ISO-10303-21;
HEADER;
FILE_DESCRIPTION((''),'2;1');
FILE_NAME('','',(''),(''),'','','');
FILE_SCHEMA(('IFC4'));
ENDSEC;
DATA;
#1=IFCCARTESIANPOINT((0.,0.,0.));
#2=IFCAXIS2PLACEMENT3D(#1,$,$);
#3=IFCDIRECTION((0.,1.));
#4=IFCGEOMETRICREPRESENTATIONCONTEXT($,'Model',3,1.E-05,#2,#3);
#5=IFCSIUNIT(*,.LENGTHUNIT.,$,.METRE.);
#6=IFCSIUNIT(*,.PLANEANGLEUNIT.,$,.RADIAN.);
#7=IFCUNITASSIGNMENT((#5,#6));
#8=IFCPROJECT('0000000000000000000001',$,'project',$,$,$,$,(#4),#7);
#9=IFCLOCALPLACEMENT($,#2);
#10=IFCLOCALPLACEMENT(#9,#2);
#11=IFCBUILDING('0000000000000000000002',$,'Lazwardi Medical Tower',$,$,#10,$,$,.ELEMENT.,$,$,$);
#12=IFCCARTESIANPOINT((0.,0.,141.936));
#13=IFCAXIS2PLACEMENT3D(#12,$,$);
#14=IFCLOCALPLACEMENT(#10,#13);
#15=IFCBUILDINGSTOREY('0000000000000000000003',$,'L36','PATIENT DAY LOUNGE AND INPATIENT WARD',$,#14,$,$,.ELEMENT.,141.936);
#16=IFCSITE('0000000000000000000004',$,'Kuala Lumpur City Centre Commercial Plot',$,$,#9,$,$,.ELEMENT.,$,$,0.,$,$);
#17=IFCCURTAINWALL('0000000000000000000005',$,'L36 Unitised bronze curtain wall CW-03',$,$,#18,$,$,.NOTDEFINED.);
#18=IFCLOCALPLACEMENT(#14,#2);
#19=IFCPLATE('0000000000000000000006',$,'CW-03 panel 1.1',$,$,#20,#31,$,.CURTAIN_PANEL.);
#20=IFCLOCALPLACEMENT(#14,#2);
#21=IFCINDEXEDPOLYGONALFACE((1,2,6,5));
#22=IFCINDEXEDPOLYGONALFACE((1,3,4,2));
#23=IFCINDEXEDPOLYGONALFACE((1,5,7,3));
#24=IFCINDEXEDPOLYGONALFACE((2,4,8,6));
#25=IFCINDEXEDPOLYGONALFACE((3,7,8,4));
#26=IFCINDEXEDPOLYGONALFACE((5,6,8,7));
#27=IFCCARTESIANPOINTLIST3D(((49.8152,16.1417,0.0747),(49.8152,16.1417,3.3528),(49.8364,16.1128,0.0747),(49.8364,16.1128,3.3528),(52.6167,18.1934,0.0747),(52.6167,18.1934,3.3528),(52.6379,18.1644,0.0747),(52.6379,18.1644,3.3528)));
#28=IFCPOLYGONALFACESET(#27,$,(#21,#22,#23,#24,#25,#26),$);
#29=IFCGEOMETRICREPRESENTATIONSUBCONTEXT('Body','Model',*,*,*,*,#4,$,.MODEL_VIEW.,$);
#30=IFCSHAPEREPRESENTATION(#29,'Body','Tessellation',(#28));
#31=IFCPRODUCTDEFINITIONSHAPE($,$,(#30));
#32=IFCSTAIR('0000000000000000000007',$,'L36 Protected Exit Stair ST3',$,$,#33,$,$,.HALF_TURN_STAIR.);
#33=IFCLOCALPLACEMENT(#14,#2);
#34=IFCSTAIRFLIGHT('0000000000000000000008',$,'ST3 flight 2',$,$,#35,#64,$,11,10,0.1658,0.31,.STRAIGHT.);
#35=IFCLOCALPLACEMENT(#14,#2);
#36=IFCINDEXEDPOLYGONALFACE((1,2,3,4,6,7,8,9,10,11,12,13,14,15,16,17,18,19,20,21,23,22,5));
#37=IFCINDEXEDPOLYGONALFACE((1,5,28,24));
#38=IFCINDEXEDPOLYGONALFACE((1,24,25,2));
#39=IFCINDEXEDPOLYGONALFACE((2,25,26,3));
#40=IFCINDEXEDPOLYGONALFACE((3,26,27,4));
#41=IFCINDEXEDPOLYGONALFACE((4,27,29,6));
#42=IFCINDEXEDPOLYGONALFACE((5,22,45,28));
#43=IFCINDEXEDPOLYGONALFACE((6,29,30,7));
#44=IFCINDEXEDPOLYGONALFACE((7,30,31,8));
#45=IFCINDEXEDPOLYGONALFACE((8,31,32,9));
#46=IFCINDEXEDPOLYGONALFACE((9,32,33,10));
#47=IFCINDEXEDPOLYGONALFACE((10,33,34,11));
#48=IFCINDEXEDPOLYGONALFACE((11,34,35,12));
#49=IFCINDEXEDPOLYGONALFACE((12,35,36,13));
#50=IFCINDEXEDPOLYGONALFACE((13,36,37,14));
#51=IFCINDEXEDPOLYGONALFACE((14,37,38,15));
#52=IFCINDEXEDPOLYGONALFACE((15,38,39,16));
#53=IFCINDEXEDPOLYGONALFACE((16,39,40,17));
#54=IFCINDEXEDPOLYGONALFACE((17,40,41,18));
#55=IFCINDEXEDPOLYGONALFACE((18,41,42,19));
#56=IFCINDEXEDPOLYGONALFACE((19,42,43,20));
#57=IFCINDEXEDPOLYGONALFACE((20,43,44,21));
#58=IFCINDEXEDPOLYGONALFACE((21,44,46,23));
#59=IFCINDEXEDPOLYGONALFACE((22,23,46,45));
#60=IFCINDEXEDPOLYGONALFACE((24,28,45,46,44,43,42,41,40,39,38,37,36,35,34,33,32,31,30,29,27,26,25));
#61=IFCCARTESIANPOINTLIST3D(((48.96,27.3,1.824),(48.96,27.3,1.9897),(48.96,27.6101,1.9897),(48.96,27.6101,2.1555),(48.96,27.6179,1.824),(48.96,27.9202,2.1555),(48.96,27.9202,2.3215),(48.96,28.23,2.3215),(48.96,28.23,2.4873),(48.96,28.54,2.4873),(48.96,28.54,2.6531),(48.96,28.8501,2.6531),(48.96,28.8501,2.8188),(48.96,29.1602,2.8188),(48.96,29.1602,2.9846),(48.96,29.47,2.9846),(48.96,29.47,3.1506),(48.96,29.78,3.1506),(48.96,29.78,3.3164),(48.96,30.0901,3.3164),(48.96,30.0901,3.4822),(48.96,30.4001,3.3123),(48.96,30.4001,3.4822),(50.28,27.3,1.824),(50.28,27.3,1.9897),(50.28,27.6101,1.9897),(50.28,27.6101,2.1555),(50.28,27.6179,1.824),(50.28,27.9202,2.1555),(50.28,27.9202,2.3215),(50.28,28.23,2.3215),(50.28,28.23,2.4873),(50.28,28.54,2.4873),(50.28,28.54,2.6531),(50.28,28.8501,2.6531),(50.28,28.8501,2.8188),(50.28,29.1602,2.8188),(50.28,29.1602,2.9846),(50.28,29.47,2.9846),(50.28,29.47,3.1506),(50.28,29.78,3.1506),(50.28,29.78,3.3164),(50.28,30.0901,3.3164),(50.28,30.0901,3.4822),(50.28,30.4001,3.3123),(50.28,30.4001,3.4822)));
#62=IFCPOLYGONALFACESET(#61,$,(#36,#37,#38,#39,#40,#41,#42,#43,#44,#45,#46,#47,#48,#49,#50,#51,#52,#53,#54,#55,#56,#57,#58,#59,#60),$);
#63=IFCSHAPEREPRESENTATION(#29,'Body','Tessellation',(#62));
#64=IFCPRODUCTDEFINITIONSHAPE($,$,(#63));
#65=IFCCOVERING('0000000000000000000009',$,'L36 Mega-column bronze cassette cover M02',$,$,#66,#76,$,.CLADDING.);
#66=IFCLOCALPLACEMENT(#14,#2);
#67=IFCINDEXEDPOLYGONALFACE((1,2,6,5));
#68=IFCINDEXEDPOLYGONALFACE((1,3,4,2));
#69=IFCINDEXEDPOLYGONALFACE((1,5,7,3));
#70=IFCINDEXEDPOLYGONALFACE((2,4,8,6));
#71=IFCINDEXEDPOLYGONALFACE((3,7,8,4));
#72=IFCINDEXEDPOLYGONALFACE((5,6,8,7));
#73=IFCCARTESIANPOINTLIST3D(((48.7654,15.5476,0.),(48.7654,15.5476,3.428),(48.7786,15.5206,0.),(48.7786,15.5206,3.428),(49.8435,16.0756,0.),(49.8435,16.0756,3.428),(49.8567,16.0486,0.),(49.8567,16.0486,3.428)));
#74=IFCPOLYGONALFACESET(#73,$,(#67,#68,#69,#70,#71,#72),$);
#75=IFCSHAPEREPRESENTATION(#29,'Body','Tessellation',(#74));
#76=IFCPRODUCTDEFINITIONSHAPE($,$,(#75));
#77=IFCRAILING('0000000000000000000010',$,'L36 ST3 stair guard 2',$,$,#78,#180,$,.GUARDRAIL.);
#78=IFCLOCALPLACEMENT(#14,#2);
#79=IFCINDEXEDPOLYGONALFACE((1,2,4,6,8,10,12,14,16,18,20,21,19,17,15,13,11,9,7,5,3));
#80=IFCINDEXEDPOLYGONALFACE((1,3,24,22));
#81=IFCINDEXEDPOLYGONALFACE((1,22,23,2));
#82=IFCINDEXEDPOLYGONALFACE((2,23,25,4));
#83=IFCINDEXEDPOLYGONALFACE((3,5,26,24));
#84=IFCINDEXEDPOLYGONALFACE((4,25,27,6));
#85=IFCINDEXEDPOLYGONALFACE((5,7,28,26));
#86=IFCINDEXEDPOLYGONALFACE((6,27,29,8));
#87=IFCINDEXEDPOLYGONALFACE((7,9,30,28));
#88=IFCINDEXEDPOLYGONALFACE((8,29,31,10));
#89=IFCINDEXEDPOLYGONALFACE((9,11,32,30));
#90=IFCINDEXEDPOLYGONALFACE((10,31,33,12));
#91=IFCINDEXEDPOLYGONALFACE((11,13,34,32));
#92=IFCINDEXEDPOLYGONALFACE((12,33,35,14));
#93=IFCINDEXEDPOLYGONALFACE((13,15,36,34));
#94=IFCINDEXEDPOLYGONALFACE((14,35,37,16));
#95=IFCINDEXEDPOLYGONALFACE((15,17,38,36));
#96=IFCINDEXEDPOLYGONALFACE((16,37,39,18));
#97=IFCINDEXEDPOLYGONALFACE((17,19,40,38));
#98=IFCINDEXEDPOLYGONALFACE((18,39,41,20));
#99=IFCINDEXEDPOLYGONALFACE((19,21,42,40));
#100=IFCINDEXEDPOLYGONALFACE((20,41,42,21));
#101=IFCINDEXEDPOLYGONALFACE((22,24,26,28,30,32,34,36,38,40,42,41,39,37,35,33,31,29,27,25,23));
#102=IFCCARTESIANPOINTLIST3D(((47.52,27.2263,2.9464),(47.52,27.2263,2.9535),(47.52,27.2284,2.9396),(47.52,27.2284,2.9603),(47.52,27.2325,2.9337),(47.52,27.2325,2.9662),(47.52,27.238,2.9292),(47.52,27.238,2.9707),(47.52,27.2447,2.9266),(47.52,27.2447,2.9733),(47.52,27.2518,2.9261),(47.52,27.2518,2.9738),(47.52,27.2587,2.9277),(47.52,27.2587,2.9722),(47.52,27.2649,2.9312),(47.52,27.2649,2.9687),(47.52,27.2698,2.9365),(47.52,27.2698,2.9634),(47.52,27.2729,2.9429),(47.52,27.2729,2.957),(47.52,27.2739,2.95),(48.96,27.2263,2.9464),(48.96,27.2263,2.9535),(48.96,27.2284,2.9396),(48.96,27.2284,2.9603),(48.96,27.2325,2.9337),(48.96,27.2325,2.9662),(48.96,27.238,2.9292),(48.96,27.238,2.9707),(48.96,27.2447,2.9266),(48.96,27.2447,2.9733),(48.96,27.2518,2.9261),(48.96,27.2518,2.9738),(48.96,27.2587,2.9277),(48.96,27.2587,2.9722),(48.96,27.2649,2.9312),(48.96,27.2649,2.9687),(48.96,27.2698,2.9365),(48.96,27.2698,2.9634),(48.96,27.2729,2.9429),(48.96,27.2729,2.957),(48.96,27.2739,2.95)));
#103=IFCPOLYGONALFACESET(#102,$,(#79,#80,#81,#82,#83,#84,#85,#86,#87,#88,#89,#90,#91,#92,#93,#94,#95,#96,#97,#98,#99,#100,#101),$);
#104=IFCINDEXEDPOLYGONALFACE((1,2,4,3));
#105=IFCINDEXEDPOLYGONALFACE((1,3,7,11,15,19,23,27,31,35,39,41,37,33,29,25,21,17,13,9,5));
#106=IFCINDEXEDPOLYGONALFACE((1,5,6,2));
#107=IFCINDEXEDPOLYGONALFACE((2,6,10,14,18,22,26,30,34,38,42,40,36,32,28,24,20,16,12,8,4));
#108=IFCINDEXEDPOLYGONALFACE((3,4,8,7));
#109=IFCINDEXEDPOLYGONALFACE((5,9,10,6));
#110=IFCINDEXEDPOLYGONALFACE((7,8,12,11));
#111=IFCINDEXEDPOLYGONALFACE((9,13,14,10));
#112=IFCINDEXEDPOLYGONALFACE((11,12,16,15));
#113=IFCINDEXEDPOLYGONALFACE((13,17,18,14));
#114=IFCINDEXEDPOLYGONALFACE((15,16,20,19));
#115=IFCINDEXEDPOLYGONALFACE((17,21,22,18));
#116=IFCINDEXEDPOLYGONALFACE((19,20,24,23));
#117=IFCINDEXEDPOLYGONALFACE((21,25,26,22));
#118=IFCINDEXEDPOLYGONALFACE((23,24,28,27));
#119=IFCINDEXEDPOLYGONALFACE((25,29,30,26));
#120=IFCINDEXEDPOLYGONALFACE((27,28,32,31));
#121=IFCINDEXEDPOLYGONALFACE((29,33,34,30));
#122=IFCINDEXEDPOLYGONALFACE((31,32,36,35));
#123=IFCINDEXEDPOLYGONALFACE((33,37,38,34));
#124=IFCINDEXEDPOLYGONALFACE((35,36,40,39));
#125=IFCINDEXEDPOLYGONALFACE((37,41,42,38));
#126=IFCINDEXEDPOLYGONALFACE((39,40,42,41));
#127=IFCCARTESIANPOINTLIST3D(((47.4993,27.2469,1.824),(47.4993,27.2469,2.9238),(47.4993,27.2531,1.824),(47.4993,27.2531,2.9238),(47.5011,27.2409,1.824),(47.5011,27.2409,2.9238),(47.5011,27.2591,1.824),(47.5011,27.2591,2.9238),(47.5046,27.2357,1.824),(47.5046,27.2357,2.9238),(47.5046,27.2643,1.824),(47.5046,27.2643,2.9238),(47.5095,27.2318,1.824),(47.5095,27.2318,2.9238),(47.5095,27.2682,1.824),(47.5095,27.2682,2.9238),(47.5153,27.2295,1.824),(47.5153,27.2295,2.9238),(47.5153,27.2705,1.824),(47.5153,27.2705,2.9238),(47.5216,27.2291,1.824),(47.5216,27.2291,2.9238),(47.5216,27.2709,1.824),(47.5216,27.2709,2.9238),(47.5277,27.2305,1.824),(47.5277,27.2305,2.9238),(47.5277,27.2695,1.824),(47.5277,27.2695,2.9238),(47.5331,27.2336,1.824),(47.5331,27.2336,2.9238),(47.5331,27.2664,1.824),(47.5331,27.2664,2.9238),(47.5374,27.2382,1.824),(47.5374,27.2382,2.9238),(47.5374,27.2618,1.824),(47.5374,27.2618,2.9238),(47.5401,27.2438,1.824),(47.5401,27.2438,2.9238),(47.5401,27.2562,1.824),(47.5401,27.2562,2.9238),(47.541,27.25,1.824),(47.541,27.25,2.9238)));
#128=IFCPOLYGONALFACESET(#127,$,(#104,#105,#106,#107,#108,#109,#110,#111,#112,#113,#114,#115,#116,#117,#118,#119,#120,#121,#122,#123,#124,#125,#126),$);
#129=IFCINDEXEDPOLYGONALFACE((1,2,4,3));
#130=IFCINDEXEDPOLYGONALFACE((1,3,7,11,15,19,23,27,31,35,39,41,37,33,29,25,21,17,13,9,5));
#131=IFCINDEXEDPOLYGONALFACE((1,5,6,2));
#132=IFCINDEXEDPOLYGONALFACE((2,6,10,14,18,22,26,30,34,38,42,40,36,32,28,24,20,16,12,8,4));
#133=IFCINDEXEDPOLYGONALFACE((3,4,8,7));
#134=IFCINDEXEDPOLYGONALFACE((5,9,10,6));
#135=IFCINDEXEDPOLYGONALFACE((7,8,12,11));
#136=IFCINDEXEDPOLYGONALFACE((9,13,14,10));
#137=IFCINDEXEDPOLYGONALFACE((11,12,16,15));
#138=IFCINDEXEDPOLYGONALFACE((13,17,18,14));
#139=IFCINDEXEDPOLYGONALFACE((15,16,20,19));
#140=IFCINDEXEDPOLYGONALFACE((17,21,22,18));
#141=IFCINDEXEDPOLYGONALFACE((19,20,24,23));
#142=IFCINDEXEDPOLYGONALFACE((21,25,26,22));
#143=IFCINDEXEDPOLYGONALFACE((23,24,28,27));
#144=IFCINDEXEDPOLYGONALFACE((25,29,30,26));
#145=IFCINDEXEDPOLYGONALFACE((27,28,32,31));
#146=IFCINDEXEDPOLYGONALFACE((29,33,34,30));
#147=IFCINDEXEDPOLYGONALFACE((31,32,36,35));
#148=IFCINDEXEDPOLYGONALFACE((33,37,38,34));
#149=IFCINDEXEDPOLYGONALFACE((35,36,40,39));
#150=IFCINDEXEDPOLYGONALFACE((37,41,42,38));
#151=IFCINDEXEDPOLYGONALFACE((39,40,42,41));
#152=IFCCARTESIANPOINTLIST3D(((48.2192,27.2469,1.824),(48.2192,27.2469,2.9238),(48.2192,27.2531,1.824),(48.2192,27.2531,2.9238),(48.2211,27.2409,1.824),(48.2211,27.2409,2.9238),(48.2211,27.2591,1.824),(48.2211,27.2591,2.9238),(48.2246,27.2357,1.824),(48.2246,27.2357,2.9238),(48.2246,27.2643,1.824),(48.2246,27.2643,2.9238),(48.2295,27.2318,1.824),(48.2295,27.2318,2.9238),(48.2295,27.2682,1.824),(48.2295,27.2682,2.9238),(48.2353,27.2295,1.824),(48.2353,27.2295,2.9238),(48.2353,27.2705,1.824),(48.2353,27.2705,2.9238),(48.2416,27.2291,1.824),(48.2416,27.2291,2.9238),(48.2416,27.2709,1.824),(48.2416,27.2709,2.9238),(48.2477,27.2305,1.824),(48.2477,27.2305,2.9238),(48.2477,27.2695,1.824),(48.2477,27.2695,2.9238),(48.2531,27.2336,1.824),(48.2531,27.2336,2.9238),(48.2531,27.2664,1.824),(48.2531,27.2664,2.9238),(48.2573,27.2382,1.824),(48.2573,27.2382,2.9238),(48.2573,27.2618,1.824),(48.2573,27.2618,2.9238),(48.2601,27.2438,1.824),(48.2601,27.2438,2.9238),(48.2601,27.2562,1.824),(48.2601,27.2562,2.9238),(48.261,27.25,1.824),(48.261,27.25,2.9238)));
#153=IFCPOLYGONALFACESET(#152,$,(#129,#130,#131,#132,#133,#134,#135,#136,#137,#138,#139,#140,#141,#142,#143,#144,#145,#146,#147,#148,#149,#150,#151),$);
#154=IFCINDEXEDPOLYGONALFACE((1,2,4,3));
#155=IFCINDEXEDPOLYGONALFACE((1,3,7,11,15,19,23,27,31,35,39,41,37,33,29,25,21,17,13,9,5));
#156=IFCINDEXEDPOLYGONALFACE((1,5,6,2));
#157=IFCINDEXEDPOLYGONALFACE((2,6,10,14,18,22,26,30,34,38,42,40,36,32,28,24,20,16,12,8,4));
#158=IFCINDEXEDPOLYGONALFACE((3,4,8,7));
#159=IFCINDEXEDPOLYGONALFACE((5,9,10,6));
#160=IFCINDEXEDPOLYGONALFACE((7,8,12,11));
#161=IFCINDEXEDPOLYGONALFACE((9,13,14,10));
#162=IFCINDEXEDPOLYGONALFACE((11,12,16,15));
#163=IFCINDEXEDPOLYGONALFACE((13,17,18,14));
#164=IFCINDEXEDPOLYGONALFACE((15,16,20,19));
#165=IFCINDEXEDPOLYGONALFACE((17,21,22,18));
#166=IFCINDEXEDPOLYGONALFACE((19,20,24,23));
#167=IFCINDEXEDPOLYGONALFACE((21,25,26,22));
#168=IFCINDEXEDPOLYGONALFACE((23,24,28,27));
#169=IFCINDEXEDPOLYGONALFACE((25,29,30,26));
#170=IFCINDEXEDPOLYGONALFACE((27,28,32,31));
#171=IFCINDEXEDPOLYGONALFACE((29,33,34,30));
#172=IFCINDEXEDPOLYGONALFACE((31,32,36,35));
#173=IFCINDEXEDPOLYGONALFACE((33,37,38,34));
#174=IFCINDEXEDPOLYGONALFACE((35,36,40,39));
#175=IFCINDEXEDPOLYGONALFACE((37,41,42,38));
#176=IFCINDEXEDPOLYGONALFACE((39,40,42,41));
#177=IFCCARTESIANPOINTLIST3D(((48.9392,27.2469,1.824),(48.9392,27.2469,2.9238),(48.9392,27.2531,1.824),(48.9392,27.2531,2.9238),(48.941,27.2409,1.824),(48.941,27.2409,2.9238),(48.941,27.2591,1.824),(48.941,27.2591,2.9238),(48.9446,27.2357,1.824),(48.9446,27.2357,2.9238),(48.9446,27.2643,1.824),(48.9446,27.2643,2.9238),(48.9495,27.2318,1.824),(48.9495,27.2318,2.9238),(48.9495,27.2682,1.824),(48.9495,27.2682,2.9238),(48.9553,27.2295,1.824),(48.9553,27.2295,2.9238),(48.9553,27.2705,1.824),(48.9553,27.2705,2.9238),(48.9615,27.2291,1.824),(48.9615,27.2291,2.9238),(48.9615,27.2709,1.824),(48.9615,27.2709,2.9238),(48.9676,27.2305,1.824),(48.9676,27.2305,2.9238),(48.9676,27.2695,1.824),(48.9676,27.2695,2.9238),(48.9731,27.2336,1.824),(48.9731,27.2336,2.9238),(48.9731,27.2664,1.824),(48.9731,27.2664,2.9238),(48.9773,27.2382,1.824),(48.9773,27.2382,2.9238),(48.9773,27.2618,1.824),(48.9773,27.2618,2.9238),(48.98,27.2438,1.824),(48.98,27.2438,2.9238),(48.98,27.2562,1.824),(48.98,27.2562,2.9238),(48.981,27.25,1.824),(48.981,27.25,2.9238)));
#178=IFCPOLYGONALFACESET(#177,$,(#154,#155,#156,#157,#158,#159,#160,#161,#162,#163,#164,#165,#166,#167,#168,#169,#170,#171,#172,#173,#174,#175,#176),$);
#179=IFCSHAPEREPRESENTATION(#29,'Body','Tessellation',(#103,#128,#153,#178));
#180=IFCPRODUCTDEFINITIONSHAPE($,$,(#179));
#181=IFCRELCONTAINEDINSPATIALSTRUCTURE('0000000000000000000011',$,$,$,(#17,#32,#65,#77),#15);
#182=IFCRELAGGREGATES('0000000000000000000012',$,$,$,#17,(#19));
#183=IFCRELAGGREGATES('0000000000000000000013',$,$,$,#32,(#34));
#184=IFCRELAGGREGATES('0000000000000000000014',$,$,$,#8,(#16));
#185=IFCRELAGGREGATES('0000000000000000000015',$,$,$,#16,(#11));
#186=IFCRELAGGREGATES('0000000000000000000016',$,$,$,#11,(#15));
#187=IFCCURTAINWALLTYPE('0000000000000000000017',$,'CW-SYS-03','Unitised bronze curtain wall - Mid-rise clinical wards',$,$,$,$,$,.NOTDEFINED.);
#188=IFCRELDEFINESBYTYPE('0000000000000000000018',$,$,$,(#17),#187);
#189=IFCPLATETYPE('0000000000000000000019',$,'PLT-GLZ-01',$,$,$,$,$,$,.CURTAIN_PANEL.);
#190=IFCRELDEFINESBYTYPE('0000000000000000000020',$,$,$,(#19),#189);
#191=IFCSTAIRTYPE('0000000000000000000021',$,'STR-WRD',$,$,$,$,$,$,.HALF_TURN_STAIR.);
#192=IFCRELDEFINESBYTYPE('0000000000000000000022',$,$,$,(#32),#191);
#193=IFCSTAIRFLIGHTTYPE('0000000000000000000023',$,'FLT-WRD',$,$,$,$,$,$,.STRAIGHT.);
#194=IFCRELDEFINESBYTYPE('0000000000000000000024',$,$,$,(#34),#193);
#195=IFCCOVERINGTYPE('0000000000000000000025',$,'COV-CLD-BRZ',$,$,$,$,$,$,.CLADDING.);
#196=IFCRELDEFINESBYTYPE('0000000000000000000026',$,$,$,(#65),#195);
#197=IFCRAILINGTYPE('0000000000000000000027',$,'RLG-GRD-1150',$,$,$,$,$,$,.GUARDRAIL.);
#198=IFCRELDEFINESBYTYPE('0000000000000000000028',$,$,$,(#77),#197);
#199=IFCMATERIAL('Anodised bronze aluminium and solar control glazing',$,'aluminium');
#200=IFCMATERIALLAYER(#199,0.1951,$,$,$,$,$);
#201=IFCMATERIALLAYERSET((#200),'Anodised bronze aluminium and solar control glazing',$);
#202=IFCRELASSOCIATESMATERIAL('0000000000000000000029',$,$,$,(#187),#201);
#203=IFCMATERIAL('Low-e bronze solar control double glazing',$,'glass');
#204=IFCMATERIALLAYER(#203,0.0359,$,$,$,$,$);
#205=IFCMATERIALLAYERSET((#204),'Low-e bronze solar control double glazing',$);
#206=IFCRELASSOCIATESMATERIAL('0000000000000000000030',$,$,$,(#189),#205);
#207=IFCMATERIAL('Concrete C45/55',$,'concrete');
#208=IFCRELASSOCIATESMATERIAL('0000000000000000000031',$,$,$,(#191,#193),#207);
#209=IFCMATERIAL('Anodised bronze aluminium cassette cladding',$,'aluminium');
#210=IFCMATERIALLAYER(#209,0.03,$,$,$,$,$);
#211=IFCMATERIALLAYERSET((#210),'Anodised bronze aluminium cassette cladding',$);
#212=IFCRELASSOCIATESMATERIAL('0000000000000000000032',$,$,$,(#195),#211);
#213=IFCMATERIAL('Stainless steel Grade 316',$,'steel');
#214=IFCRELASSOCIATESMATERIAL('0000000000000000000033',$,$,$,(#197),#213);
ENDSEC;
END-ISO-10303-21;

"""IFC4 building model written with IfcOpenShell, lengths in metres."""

from ifc_helpers import new_model, si_unit, direction, frame, origin, origin_2d, place, context, subcontext, project, spatial, polyline, rectangle, circle, outline, extrude, material, layer, layer_set, type_object, element, aggregate, save


model = new_model("IFC4")

# Units and contexts
model_context = context("Model", 3, precision=1e-05, world=origin(), true_north=direction((0.0, 1.0)))
body_context = subcontext(model_context, "Body", "Model", "MODEL_VIEW")
ifc_project = project(units=[si_unit("LENGTHUNIT", "METRE"), si_unit("PLANEANGLEUNIT", "RADIAN")], contexts=[model_context])

# Site, building, storey
site_placement = place(None, origin())
site = spatial("IfcSite", under=ifc_project, at=site_placement, Name="Kuala Lumpur City Centre Commercial Plot", CompositionType="ELEMENT", RefElevation=0.0)
building_placement = place(site_placement, origin())
building = spatial("IfcBuilding", under=site, at=building_placement, Name="Lazwardi Medical Tower", CompositionType="ELEMENT")
storey_placement = place(building_placement, frame((0.0, 0.0, 141.936)))
storey = spatial("IfcBuildingStorey", under=building, at=storey_placement, Name="L36", Description="PATIENT DAY LOUNGE AND INPATIENT WARD", CompositionType="ELEMENT", Elevation=141.936)

# Shared definitions
ifc_material_1 = material(Name="Anodised bronze aluminium and solar control glazing", Category="aluminium")
ifc_layer_1 = layer(ifc_material_1, 0.1951)
ifc_layer_set_1 = layer_set([ifc_layer_1], Name="Anodised bronze aluminium and solar control glazing")
curtain_wall_type = type_object("IfcCurtainWallType", Name="CW-SYS-03", Description="Unitised bronze curtain wall - Mid-rise clinical wards", PredefinedType="NOTDEFINED", material=ifc_layer_set_1)

# Curtain wall
curtain_wall_1_placement = place(storey_placement, origin())
curtain_wall_1 = element("IfcCurtainWall", 1, at=curtain_wall_1_placement, inside=storey, type_object=curtain_wall_type, Name="L36 Unitised bronze curtain wall CW-03", PredefinedType="NOTDEFINED")

# Plate
ifc_material_2 = material(Name="Low-e bronze solar control double glazing", Category="glass")
ifc_layer_2 = layer(ifc_material_2, 0.0359)
ifc_layer_set_2 = layer_set([ifc_layer_2], Name="Low-e bronze solar control double glazing")
plate_type = type_object("IfcPlateType", Name="PLT-GLZ-01", PredefinedType="CURTAIN_PANEL", material=ifc_layer_set_2)
plate_1_placement = place(storey_placement, frame((51.2266, 17.1531, 0.0747), z_axis=(0.0, 0.0, 1.0), x_axis=(0.806793, 0.590834, 0.0)))
plate_1 = element("IfcPlate", 2, at=plate_1_placement, type_object=plate_type, Name="CW-03 panel 1.1", PredefinedType="CURTAIN_PANEL", context=body_context, shape_type="SweptSolid", body=[
    extrude(rectangle(XDim=3.4724, YDim=0.0359, at=origin_2d()), origin(), (0.0, 0.0, 1.0), 3.2781),
])
aggregate(curtain_wall_1, [plate_1])

# Stair, stair flight
ifc_material_3 = material(Name="Concrete C45/55", Category="concrete")
stair_type = type_object("IfcStairType", Name="STR-WRD", PredefinedType="HALF_TURN_STAIR", material=ifc_material_3)
stair_placement = place(storey_placement, origin())
stair = element("IfcStair", 3, at=stair_placement, inside=storey, type_object=stair_type, Name="L36 Protected Exit Stair ST3", PredefinedType="HALF_TURN_STAIR")
stair_flight_type = type_object("IfcStairFlightType", Name="FLT-WRD", PredefinedType="STRAIGHT", material=ifc_material_3)
stair_flight_placement = place(storey_placement, frame((49.6201, 27.3, 1.824), z_axis=(0.0, 0.0, 1.0), x_axis=(0.0, 1.0, 0.0)))
stair_flight = element("IfcStairFlight", 4, at=stair_flight_placement, type_object=stair_flight_type, Name="ST3 flight 2", NumberOfRisers=11, NumberOfTreads=10, PredefinedType="STRAIGHT", RiserHeight=0.1658, TreadLength=0.31, context=body_context, shape_type="SweptSolid", body=[
    extrude(outline(polyline([(0.0, 0.0), (0.0, 0.1658), (0.3101, 0.1658), (0.3101, 0.3315), (0.6201, 0.3315), (0.6201, 0.4976), (0.9299, 0.4976), (0.9299, 0.6633), (1.24, 0.6633), (1.24, 0.8291), (1.55, 0.8291), (1.55, 0.9949), (1.8601, 0.9949), (1.8601, 1.1606), (2.1699, 1.1606), (2.1699, 1.3267), (2.48, 1.3267), (2.48, 1.4924), (2.79, 1.4924), (2.79, 1.6582), (3.1001, 1.6582), (3.1001, 1.824), (3.1001, 1.4883), (0.3179, 0.0), (0.0, 0.0)])), frame((0.0, 0.6602, 0.0), z_axis=(0.0, -1.0, 0.0), x_axis=(1.0, 0.0, 0.0)), (0.0, 0.0, 1.0), 1.3201),
])
aggregate(stair, [stair_flight])

# Covering
ifc_material_4 = material(Name="Anodised bronze aluminium cassette cladding", Category="aluminium")
ifc_layer_3 = layer(ifc_material_4, 0.03)
ifc_layer_set_3 = layer_set([ifc_layer_3], Name="Anodised bronze aluminium cassette cladding")
covering_type = type_object("IfcCoveringType", Name="COV-CLD-BRZ", PredefinedType="CLADDING", material=ifc_layer_set_3)
covering_placement = place(storey_placement, frame((49.311, 15.7981, 0.0), z_axis=(0.0, 0.0, 1.0), x_axis=(0.898079, 0.439834, 0.0)))
element("IfcCovering", 5, at=covering_placement, inside=storey, type_object=covering_type, Name="L36 Mega-column bronze cassette cover M02", PredefinedType="CLADDING", context=body_context, shape_type="SweptSolid", body=[
    extrude(rectangle(XDim=1.2004, YDim=0.03, at=origin_2d()), origin(), (0.0, 0.0, 1.0), 3.428),
])

# Railing
ifc_material_5 = material(Name="Stainless steel Grade 316", Category="steel")
railing_type_1 = type_object("IfcRailingType", Name="RLG-GRD-1150", PredefinedType="GUARDRAIL", material=ifc_material_5)
railing_1_placement = place(storey_placement, frame((47.52, 27.25, 1.824)))
element("IfcRailing", 6, at=railing_1_placement, inside=storey, type_object=railing_type_1, Name="L36 ST3 stair guard 2", PredefinedType="GUARDRAIL", context=body_context, shape_type="SweptSolid", body=[
    extrude(circle(Radius=0.0239, at=origin_2d()), frame((0.0, 0.0, 1.126), z_axis=(1.0, 0.0, 0.0), x_axis=(0.0, 1.0, 0.0)), (0.0, 0.0, 1.0), 1.4399),
    extrude(circle(Radius=0.021, at=origin_2d()), origin(), (0.0, 0.0, 1.0), 1.0999),
    extrude(circle(Radius=0.021, at=origin_2d()), frame((0.72, 0.0, 0.0)), (0.0, 0.0, 1.0), 1.0999),
    extrude(circle(Radius=0.021, at=origin_2d()), frame((1.4399, 0.0, 0.0)), (0.0, 0.0, 1.0), 1.0999),
])

save(model, "model.ifc")
